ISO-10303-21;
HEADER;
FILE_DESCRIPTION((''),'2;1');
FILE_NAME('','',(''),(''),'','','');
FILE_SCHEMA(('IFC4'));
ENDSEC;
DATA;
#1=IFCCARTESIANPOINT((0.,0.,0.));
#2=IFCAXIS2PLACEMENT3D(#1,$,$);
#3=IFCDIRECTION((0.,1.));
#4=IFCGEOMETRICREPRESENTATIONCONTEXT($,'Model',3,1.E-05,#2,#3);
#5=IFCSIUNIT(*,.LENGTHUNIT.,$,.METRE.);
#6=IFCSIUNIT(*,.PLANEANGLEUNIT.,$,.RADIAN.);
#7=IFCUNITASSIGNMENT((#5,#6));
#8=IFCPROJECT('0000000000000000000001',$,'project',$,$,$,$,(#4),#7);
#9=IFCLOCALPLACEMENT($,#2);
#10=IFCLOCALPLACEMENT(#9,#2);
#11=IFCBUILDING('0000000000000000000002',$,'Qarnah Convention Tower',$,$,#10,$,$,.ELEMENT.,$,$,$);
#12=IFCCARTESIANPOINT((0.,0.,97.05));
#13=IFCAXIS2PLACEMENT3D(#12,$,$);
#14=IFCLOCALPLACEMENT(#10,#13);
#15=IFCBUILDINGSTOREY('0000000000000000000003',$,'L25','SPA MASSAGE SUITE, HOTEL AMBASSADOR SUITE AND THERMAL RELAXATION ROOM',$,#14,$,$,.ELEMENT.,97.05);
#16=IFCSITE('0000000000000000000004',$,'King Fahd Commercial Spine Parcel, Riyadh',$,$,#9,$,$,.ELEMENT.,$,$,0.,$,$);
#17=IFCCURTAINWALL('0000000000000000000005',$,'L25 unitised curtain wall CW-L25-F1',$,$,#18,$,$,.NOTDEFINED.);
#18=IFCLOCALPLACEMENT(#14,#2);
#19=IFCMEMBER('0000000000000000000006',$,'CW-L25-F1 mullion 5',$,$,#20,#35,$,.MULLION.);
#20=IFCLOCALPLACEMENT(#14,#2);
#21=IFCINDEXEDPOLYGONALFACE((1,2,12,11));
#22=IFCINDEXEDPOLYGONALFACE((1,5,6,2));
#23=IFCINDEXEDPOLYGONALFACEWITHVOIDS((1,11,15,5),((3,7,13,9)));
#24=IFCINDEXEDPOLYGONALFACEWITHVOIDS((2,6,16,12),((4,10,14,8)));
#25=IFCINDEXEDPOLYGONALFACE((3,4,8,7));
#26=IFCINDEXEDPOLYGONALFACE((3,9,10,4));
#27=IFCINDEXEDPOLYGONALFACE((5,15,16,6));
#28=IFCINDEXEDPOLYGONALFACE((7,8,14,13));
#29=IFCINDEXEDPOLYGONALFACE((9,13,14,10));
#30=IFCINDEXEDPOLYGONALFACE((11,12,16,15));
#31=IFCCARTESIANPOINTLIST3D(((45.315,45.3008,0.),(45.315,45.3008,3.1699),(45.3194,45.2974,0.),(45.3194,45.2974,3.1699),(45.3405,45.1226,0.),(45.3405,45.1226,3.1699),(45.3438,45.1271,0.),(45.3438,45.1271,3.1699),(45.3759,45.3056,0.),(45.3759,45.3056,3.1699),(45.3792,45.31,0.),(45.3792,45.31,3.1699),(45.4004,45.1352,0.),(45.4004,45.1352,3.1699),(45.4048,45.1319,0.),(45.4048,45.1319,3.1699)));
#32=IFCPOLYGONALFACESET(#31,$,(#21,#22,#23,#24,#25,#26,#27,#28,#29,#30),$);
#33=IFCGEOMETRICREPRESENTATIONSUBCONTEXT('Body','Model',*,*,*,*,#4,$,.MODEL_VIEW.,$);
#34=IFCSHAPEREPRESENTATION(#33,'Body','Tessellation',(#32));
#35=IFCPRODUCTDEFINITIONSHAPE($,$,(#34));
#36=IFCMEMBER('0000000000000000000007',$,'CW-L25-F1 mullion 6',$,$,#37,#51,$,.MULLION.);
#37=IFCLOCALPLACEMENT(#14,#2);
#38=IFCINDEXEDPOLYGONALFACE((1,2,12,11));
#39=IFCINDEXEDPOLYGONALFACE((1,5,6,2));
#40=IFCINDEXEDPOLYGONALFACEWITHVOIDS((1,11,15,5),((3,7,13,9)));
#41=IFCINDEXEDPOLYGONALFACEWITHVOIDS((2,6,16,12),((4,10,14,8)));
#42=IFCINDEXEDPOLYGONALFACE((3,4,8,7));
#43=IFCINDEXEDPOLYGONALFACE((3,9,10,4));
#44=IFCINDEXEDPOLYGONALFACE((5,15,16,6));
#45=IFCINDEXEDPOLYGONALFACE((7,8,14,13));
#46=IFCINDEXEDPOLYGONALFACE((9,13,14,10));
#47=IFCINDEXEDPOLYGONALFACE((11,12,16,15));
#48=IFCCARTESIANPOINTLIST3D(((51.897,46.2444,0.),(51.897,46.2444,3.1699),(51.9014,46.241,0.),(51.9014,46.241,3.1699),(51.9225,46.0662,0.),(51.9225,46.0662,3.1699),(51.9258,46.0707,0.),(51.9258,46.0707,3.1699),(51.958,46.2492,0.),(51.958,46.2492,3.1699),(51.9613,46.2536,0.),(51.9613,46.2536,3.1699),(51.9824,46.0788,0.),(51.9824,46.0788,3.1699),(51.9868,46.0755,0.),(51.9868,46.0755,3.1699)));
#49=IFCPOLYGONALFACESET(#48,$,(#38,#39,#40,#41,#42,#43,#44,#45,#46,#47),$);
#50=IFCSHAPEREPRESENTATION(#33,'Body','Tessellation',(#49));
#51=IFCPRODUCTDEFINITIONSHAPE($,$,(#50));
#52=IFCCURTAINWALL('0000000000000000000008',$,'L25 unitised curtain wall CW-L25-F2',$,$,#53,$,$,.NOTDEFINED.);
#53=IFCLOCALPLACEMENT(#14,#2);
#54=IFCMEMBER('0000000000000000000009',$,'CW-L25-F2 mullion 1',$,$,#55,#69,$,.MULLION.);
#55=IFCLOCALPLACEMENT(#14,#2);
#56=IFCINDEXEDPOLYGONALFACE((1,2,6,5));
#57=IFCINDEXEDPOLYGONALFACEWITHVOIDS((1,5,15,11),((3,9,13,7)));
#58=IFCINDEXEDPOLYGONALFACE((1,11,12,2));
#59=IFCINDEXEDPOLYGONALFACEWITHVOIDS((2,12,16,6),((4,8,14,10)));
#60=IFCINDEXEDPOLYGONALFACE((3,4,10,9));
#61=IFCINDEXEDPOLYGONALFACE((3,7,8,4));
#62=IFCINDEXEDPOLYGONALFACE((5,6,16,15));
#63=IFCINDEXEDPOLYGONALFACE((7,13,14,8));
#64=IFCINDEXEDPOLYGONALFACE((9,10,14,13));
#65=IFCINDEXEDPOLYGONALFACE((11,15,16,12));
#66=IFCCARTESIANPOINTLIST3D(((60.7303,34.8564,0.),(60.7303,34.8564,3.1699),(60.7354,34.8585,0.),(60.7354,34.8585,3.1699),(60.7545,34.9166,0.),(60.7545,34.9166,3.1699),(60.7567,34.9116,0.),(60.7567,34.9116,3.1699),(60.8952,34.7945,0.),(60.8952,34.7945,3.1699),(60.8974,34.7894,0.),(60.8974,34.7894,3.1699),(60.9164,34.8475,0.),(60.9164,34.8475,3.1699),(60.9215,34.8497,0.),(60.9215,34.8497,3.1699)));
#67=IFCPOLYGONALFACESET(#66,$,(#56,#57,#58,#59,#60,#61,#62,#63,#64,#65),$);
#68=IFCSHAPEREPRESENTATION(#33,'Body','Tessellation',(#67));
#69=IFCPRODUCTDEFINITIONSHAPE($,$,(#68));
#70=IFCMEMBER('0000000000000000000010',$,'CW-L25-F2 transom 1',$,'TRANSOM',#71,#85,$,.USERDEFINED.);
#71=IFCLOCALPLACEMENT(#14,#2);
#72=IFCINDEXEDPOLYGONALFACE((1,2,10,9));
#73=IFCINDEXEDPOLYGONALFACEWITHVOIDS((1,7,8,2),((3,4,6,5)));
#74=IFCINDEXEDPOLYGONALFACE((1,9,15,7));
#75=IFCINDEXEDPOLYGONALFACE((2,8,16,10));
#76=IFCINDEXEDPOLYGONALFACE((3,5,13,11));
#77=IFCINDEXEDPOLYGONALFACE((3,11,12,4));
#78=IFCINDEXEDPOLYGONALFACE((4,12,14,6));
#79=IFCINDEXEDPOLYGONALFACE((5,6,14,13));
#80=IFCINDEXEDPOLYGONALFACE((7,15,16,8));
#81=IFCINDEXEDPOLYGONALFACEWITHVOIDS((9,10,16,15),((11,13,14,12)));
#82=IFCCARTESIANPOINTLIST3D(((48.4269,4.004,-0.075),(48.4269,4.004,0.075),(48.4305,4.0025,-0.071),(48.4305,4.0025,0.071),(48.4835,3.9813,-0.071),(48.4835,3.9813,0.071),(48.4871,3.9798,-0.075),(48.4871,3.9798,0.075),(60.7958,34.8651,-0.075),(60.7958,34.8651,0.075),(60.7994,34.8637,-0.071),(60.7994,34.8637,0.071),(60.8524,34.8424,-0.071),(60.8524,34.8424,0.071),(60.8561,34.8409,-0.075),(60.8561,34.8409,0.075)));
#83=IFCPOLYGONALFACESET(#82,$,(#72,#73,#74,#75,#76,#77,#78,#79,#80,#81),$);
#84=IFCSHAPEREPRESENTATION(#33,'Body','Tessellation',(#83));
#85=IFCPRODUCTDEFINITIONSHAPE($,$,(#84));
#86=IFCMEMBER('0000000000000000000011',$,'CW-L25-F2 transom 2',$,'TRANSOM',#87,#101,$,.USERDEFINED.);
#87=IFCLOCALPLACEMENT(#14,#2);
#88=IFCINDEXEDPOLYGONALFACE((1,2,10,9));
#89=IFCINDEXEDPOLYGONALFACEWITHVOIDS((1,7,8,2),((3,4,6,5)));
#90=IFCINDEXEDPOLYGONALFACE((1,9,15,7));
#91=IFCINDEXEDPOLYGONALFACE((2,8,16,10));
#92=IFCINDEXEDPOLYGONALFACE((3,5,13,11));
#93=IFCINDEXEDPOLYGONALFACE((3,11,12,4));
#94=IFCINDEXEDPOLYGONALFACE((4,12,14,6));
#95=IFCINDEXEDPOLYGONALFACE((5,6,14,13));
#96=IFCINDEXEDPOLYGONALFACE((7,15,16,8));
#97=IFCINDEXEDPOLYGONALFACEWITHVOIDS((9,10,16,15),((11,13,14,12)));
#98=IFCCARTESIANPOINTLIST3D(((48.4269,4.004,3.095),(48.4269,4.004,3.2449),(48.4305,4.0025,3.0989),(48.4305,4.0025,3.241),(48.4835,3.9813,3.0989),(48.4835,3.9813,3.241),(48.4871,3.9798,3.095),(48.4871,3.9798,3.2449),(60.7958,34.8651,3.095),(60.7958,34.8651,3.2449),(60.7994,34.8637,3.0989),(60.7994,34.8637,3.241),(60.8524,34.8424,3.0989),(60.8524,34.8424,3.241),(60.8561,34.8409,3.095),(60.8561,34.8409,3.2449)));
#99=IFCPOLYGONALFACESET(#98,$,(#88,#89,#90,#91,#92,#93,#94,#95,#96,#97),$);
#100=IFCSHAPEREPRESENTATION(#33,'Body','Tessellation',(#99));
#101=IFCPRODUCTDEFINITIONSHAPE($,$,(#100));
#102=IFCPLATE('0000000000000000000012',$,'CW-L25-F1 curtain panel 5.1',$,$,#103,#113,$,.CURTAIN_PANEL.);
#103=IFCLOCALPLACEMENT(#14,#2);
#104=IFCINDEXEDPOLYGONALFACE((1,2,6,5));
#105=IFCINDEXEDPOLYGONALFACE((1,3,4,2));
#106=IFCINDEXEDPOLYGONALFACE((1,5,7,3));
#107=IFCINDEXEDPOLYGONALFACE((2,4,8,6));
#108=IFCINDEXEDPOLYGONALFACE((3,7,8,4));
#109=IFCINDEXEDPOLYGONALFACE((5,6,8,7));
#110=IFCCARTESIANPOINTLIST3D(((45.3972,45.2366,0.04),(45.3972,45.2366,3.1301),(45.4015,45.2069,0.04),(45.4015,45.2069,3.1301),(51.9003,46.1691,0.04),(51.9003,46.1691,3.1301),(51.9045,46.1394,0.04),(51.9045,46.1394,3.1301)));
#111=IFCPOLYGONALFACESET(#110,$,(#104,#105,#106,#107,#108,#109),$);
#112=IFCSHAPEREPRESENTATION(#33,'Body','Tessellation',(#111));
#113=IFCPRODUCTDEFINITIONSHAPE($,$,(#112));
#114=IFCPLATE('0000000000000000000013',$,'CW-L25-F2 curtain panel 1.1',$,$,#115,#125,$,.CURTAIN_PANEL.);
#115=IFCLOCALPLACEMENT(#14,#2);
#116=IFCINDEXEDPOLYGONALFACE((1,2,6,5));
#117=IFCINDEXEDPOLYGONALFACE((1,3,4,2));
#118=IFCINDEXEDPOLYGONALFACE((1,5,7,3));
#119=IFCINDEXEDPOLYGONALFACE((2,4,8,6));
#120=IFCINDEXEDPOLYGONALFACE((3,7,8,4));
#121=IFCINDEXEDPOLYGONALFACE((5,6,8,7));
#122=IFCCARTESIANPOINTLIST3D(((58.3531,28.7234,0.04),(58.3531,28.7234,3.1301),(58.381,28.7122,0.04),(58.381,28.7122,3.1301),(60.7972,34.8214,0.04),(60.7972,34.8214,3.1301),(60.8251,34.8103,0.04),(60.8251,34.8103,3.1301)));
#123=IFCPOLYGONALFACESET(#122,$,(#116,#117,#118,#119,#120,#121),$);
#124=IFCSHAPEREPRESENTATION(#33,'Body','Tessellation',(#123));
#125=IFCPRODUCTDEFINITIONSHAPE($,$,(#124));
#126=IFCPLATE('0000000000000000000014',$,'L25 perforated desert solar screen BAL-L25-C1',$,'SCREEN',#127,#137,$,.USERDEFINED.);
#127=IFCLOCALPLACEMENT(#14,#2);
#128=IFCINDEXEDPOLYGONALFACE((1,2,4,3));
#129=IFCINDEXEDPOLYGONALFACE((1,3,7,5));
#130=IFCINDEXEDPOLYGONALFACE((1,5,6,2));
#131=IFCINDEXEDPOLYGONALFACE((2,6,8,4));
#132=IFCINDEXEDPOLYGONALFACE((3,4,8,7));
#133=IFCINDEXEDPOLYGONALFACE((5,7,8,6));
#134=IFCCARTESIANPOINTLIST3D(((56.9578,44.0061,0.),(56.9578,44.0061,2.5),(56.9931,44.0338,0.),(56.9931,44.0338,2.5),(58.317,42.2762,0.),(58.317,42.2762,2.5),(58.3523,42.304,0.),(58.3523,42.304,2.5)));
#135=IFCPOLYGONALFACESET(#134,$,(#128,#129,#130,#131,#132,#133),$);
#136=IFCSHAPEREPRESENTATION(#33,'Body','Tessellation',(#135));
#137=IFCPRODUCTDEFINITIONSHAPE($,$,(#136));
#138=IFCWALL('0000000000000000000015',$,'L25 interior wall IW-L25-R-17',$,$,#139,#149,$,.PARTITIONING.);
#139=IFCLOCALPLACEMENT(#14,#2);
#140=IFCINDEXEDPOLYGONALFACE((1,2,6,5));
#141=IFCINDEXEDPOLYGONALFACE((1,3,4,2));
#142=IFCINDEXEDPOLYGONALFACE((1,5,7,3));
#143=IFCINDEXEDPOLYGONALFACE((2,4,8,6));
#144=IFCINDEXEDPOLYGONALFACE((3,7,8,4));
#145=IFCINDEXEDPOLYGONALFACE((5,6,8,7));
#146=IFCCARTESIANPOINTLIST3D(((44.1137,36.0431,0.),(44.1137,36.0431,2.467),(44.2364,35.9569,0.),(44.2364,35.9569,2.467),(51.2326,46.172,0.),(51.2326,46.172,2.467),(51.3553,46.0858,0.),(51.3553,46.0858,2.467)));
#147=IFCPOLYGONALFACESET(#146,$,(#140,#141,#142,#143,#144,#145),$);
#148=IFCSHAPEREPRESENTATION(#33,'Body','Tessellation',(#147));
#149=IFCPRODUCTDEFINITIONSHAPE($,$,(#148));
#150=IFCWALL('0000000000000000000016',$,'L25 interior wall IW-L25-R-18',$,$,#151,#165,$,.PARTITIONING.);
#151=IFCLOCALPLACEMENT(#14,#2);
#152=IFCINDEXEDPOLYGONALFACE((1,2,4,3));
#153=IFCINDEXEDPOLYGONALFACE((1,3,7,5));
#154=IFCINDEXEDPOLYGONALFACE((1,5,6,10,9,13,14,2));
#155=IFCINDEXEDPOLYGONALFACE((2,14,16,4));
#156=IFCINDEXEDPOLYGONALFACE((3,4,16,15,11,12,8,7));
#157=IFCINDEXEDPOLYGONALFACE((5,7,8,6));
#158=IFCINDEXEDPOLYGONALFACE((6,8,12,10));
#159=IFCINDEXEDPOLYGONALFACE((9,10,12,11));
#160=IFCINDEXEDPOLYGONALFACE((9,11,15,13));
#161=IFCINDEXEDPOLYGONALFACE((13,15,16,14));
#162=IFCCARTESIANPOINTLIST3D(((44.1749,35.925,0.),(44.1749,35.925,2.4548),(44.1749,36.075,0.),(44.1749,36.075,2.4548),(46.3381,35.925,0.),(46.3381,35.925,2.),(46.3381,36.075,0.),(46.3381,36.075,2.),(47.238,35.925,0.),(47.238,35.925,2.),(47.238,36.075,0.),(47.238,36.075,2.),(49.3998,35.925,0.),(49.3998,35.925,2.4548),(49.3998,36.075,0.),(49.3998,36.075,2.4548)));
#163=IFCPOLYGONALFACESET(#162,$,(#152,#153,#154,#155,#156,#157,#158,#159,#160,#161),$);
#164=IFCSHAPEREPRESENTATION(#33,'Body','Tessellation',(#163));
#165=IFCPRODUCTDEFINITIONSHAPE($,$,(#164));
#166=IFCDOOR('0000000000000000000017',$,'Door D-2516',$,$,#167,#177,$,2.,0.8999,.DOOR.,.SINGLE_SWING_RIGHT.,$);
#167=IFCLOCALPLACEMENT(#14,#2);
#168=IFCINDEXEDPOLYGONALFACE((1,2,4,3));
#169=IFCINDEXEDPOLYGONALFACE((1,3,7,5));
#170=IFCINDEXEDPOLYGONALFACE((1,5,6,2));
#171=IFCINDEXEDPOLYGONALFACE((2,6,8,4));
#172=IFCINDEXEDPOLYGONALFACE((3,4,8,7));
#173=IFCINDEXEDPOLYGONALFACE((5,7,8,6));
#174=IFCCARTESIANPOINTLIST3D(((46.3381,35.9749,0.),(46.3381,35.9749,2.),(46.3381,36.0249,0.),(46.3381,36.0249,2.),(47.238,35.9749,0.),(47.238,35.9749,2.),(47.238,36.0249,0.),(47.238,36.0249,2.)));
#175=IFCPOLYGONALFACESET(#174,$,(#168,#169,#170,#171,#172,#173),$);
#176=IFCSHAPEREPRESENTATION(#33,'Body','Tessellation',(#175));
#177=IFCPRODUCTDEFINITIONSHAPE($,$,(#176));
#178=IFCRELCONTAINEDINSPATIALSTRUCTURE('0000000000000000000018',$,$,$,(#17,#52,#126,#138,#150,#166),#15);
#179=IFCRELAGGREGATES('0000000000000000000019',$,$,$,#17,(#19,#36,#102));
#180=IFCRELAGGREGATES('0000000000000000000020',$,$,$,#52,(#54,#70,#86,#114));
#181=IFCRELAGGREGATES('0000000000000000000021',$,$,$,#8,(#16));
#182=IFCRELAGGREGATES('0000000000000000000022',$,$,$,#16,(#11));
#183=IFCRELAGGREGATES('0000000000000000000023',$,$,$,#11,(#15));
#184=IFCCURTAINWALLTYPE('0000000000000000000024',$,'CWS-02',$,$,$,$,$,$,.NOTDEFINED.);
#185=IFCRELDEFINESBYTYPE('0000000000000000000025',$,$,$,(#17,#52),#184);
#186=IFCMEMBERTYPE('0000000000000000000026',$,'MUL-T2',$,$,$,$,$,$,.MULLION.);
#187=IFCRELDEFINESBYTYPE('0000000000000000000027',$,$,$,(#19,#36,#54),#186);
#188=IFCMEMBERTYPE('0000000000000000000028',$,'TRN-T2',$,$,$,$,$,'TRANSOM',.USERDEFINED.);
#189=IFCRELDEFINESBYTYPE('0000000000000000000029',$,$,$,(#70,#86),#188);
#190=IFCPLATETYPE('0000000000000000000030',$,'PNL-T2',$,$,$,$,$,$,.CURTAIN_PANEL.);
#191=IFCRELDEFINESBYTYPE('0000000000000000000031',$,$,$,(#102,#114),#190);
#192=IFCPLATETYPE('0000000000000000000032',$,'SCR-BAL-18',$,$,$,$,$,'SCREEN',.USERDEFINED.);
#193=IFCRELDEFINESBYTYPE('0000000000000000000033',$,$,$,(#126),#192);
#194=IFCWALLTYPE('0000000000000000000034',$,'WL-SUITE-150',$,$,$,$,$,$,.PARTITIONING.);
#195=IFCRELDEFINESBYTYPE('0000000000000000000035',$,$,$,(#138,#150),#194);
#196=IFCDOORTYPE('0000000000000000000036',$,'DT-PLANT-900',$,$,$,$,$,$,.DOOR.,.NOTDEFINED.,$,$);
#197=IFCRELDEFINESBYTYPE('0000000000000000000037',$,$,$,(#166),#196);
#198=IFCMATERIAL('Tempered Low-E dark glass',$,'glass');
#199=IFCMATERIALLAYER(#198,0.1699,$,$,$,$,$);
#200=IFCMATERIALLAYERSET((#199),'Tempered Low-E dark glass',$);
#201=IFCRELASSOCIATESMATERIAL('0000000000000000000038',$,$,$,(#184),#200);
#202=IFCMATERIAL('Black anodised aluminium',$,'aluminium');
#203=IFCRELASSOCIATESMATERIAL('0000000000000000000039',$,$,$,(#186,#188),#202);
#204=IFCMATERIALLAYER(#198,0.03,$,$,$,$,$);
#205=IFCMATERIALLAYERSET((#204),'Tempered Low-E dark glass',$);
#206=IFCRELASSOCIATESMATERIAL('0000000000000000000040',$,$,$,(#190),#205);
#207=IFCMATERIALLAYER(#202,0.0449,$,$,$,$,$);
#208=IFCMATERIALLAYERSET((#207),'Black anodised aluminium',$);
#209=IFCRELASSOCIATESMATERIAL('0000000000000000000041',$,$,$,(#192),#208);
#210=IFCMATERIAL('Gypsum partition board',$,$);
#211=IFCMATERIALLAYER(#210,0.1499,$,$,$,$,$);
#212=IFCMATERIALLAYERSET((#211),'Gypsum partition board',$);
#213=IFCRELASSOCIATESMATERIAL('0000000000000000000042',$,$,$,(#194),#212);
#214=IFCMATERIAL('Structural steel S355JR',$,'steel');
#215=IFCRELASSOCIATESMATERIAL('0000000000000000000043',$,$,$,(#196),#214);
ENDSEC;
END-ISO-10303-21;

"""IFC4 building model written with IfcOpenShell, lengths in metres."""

from ifc_helpers import new_model, si_unit, direction, frame, frame_2d, origin, origin_2d, place, context, subcontext, project, spatial, rectangle, hollow_rectangle, extrude, material, layer, layer_set, material_profile, profile_set, type_object, element, fill, aggregate, save


model = new_model("IFC4")

# Units and contexts
model_context = context("Model", 3, precision=1e-05, world=origin(), true_north=direction((0.0, 1.0)))
body_context = subcontext(model_context, "Body", "Model", "MODEL_VIEW")
ifc_project = project(units=[si_unit("LENGTHUNIT", "METRE"), si_unit("PLANEANGLEUNIT", "RADIAN")], contexts=[model_context])

# Site, building, storey
site_placement = place(None, origin())
site = spatial("IfcSite", under=ifc_project, at=site_placement, Name="King Fahd Commercial Spine Parcel, Riyadh", CompositionType="ELEMENT", RefElevation=0.0)
building_placement = place(site_placement, origin())
building = spatial("IfcBuilding", under=site, at=building_placement, Name="Qarnah Convention Tower", CompositionType="ELEMENT")
storey_placement = place(building_placement, frame((0.0, 0.0, 97.05)))
storey = spatial("IfcBuildingStorey", under=building, at=storey_placement, Name="L25", Description="SPA MASSAGE SUITE, HOTEL AMBASSADOR SUITE AND THERMAL RELAXATION ROOM", CompositionType="ELEMENT", Elevation=97.05)

# Shared definitions
ifc_material_1 = material(Name="Structural steel S355JR", Category="steel")

# Curtain walls, members
ifc_material_2 = material(Name="Tempered Low-E dark glass", Category="glass")
ifc_layer_1 = layer(ifc_material_2, 0.1699)
ifc_layer_set_1 = layer_set([ifc_layer_1], Name="Tempered Low-E dark glass")
curtain_wall_type = type_object("IfcCurtainWallType", Name="CWS-02", PredefinedType="NOTDEFINED", material=ifc_layer_set_1)
curtain_wall_1_placement = place(storey_placement, origin())
curtain_wall_1 = element("IfcCurtainWall", 1, at=curtain_wall_1_placement, inside=storey, type_object=curtain_wall_type, Name="L25 unitised curtain wall CW-L25-F1", PredefinedType="NOTDEFINED")
ifc_material_3 = material(Name="Black anodised aluminium", Category="aluminium")
ifc_material_profile_1 = material_profile(ifc_material_3, hollow_rectangle(XDim=0.0649, YDim=0.1799, WallThickness=0.0039, at=origin_2d()), Name="MUL-65X180")
ifc_profile_set_1 = profile_set([ifc_material_profile_1], Name="Black anodised aluminium")
member_type_1 = type_object("IfcMemberType", Name="MUL-T2", PredefinedType="MULLION", material=ifc_profile_set_1)
member_1_placement = place(storey_placement, frame((45.3599, 45.2163, 0.0), z_axis=(0.0, 0.0, 1.0), x_axis=(0.989876, 0.141935, 0.0)))
member_1 = element("IfcMember", 2, at=member_1_placement, type_object=member_type_1, Name="CW-L25-F1 mullion 5", PredefinedType="MULLION", context=body_context, shape_type="SweptSolid", body=[
    extrude(hollow_rectangle(XDim=0.0649, YDim=0.1799, WallThickness=0.0039, at=origin_2d()), origin(), (0.0, 0.0, 1.0), 3.1699),
])
member_2_placement = place(storey_placement, frame((51.9419, 46.1599, 0.0), z_axis=(0.0, 0.0, 1.0), x_axis=(0.989876, 0.141935, 0.0)))
member_2 = element("IfcMember", 3, at=member_2_placement, type_object=member_type_1, Name="CW-L25-F1 mullion 6", PredefinedType="MULLION", context=body_context, shape_type="SweptSolid", body=[
    extrude(hollow_rectangle(XDim=0.0649, YDim=0.1799, WallThickness=0.0039, at=origin_2d()), origin(), (0.0, 0.0, 1.0), 3.1699),
])
curtain_wall_2_placement = place(storey_placement, origin())
curtain_wall_2 = element("IfcCurtainWall", 4, at=curtain_wall_2_placement, inside=storey, type_object=curtain_wall_type, Name="L25 unitised curtain wall CW-L25-F2", PredefinedType="NOTDEFINED")
member_3_placement = place(storey_placement, frame((60.8259, 34.853, 0.0), z_axis=(0.0, 0.0, 1.0), x_axis=(-0.372028, -0.928221, 0.0)))
member_3 = element("IfcMember", 5, at=member_3_placement, type_object=member_type_1, Name="CW-L25-F2 mullion 1", PredefinedType="MULLION", context=body_context, shape_type="SweptSolid", body=[
    extrude(hollow_rectangle(XDim=0.0649, YDim=0.1799, WallThickness=0.0039, at=origin_2d()), origin(), (0.0, 0.0, 1.0), 3.1699),
])
ifc_material_profile_2 = material_profile(ifc_material_3, hollow_rectangle(XDim=0.0649, YDim=0.1499, WallThickness=0.0039, at=origin_2d()), Name="TRN-65X150")
ifc_profile_set_2 = profile_set([ifc_material_profile_2], Name="Black anodised aluminium")
member_type_2 = type_object("IfcMemberType", Name="TRN-T2", ElementType="TRANSOM", PredefinedType="USERDEFINED", material=ifc_profile_set_2)
member_4_placement = place(storey_placement, frame((60.8259, 34.853, 0.0), z_axis=(-0.372025, -0.928223, 0.0), x_axis=(0.928223, -0.372025, 0.0)))
member_4 = element("IfcMember", 6, at=member_4_placement, type_object=member_type_2, Name="CW-L25-F2 transom 1", ObjectType="TRANSOM", PredefinedType="USERDEFINED", context=body_context, shape_type="SweptSolid", body=[
    extrude(hollow_rectangle(XDim=0.0649, YDim=0.1499, WallThickness=0.0039, at=origin_2d()), origin(), (0.0, 0.0, 1.0), 33.2476),
])
member_5_placement = place(storey_placement, frame((60.8259, 34.853, 3.1699), z_axis=(-0.372025, -0.928223, 0.0), x_axis=(0.928223, -0.372025, 0.0)))
member_5 = element("IfcMember", 7, at=member_5_placement, type_object=member_type_2, Name="CW-L25-F2 transom 2", ObjectType="TRANSOM", PredefinedType="USERDEFINED", context=body_context, shape_type="SweptSolid", body=[
    extrude(hollow_rectangle(XDim=0.0649, YDim=0.1499, WallThickness=0.0039, at=origin_2d()), origin(), (0.0, 0.0, 1.0), 33.2476),
])

# Plates
ifc_layer_2 = layer(ifc_material_2, 0.03)
ifc_layer_set_2 = layer_set([ifc_layer_2], Name="Tempered Low-E dark glass")
plate_type_1 = type_object("IfcPlateType", Name="PNL-T2", PredefinedType="CURTAIN_PANEL", material=ifc_layer_set_2)
plate_1_placement = place(storey_placement, frame((48.6509, 45.688, 0.04), z_axis=(0.0, 0.0, 1.0), x_axis=(0.989876, 0.141935, 0.0)))
plate_1 = element("IfcPlate", 8, at=plate_1_placement, type_object=plate_type_1, Name="CW-L25-F1 curtain panel 5.1", PredefinedType="CURTAIN_PANEL", context=body_context, shape_type="SweptSolid", body=[
    extrude(rectangle(XDim=6.5696, YDim=0.03, at=origin_2d()), origin(), (0.0, 0.0, 1.0), 3.0901),
])
aggregate(curtain_wall_1, [member_1, member_2, plate_1])
plate_2_placement = place(storey_placement, frame((59.5891, 31.7668, 0.04), z_axis=(0.0, 0.0, 1.0), x_axis=(-0.372028, -0.928221, 0.0)))
plate_2 = element("IfcPlate", 9, at=plate_2_placement, type_object=plate_type_1, Name="CW-L25-F2 curtain panel 1.1", PredefinedType="CURTAIN_PANEL", context=body_context, shape_type="SweptSolid", body=[
    extrude(rectangle(XDim=6.5696, YDim=0.03, at=origin_2d()), origin(), (0.0, 0.0, 1.0), 3.0901),
])
aggregate(curtain_wall_2, [member_3, member_4, member_5, plate_2])
ifc_layer_3 = layer(ifc_material_3, 0.0449)
ifc_layer_set_3 = layer_set([ifc_layer_3], Name="Black anodised aluminium")
plate_type_2 = type_object("IfcPlateType", Name="SCR-BAL-18", ElementType="SCREEN", PredefinedType="USERDEFINED", material=ifc_layer_set_3)
plate_3_placement = place(storey_placement, frame((57.655, 43.155, 0.0), z_axis=(0.0, 0.0, 1.0), x_axis=(0.617831, -0.786311, 0.0)))
element("IfcPlate", 10, at=plate_3_placement, inside=storey, type_object=plate_type_2, Name="L25 perforated desert solar screen BAL-L25-C1", ObjectType="SCREEN", PredefinedType="USERDEFINED", context=body_context, shape_type="SweptSolid", body=[
    extrude(rectangle(XDim=2.2, YDim=0.0449, at=origin_2d()), origin(), (0.0, 0.0, 1.0), 2.5),
])

# Wall
ifc_material_4 = material(Name="Gypsum partition board")
ifc_layer_4 = layer(ifc_material_4, 0.1499)
ifc_layer_set_4 = layer_set([ifc_layer_4], Name="Gypsum partition board")
wall_type_1 = type_object("IfcWallType", Name="WL-SUITE-150", PredefinedType="PARTITIONING", material=ifc_layer_set_4)
wall_1_placement = place(storey_placement, frame((51.2939, 46.1289, 0.0), z_axis=(0.0, 0.0, 1.0), x_axis=(-0.575015, -0.818143, 0.0)))
element("IfcWall", 11, at=wall_1_placement, inside=storey, type_object=wall_type_1, Name="L25 interior wall IW-L25-R-17", PredefinedType="PARTITIONING", context=body_context, shape_type="SweptSolid", body=[
    extrude(rectangle(XDim=12.3804, YDim=0.1499, at=frame_2d((6.1902, 0.0))), origin(), (0.0, 0.0, 1.0), 2.467),
])

# Wall, opening, door
wall_2_placement = place(storey_placement, frame((44.175, 36.0, 0.0), z_axis=(0.0, 0.0, 1.0), x_axis=(1.0, 0.0, 0.0)))
wall_2 = element("IfcWall", 12, at=wall_2_placement, inside=storey, type_object=wall_type_1, Name="L25 interior wall IW-L25-R-18", PredefinedType="PARTITIONING", context=body_context, shape_type="SweptSolid", body=[
    extrude(rectangle(XDim=5.2249, YDim=0.1499, at=frame_2d((2.6123, 0.0))), origin(), (0.0, 0.0, 1.0), 2.4548),
])
opening_1_placement = place(wall_2_placement, frame((2.1631, 0.0, 0.0)))
opening_1 = element("IfcOpeningElement", 13, at=opening_1_placement, cuts=wall_2, PredefinedType="OPENING", context=body_context, shape_type="SweptSolid", body=[
    extrude(rectangle(XDim=0.8999, YDim=2.0, at=frame_2d((0.45, 1.0))), frame((0.0, 0.085, 0.0), z_axis=(0.0, -1.0, 0.0), x_axis=(1.0, 0.0, 0.0)), (0.0, 0.0, 1.0), 0.1699),
])
door_type_1 = type_object("IfcDoorType", Name="DT-PLANT-900", OperationType="NOTDEFINED", PredefinedType="DOOR", material=ifc_material_1)
door_1_placement = place(opening_1_placement, origin())
door_1 = element("IfcDoor", 14, at=door_1_placement, inside=storey, type_object=door_type_1, Name="Door D-2516", OperationType="SINGLE_SWING_RIGHT", OverallHeight=2.0, OverallWidth=0.8999, PredefinedType="DOOR", context=body_context, shape_type="SweptSolid", body=[
    extrude(rectangle(XDim=0.8999, YDim=2.0, at=frame_2d((0.45, 1.0))), frame((0.0, 0.0249, 0.0), z_axis=(0.0, -1.0, 0.0), x_axis=(1.0, 0.0, 0.0)), (0.0, 0.0, 1.0), 0.05),
])
fill(opening_1, door_1)

save(model, "model.ifc")
